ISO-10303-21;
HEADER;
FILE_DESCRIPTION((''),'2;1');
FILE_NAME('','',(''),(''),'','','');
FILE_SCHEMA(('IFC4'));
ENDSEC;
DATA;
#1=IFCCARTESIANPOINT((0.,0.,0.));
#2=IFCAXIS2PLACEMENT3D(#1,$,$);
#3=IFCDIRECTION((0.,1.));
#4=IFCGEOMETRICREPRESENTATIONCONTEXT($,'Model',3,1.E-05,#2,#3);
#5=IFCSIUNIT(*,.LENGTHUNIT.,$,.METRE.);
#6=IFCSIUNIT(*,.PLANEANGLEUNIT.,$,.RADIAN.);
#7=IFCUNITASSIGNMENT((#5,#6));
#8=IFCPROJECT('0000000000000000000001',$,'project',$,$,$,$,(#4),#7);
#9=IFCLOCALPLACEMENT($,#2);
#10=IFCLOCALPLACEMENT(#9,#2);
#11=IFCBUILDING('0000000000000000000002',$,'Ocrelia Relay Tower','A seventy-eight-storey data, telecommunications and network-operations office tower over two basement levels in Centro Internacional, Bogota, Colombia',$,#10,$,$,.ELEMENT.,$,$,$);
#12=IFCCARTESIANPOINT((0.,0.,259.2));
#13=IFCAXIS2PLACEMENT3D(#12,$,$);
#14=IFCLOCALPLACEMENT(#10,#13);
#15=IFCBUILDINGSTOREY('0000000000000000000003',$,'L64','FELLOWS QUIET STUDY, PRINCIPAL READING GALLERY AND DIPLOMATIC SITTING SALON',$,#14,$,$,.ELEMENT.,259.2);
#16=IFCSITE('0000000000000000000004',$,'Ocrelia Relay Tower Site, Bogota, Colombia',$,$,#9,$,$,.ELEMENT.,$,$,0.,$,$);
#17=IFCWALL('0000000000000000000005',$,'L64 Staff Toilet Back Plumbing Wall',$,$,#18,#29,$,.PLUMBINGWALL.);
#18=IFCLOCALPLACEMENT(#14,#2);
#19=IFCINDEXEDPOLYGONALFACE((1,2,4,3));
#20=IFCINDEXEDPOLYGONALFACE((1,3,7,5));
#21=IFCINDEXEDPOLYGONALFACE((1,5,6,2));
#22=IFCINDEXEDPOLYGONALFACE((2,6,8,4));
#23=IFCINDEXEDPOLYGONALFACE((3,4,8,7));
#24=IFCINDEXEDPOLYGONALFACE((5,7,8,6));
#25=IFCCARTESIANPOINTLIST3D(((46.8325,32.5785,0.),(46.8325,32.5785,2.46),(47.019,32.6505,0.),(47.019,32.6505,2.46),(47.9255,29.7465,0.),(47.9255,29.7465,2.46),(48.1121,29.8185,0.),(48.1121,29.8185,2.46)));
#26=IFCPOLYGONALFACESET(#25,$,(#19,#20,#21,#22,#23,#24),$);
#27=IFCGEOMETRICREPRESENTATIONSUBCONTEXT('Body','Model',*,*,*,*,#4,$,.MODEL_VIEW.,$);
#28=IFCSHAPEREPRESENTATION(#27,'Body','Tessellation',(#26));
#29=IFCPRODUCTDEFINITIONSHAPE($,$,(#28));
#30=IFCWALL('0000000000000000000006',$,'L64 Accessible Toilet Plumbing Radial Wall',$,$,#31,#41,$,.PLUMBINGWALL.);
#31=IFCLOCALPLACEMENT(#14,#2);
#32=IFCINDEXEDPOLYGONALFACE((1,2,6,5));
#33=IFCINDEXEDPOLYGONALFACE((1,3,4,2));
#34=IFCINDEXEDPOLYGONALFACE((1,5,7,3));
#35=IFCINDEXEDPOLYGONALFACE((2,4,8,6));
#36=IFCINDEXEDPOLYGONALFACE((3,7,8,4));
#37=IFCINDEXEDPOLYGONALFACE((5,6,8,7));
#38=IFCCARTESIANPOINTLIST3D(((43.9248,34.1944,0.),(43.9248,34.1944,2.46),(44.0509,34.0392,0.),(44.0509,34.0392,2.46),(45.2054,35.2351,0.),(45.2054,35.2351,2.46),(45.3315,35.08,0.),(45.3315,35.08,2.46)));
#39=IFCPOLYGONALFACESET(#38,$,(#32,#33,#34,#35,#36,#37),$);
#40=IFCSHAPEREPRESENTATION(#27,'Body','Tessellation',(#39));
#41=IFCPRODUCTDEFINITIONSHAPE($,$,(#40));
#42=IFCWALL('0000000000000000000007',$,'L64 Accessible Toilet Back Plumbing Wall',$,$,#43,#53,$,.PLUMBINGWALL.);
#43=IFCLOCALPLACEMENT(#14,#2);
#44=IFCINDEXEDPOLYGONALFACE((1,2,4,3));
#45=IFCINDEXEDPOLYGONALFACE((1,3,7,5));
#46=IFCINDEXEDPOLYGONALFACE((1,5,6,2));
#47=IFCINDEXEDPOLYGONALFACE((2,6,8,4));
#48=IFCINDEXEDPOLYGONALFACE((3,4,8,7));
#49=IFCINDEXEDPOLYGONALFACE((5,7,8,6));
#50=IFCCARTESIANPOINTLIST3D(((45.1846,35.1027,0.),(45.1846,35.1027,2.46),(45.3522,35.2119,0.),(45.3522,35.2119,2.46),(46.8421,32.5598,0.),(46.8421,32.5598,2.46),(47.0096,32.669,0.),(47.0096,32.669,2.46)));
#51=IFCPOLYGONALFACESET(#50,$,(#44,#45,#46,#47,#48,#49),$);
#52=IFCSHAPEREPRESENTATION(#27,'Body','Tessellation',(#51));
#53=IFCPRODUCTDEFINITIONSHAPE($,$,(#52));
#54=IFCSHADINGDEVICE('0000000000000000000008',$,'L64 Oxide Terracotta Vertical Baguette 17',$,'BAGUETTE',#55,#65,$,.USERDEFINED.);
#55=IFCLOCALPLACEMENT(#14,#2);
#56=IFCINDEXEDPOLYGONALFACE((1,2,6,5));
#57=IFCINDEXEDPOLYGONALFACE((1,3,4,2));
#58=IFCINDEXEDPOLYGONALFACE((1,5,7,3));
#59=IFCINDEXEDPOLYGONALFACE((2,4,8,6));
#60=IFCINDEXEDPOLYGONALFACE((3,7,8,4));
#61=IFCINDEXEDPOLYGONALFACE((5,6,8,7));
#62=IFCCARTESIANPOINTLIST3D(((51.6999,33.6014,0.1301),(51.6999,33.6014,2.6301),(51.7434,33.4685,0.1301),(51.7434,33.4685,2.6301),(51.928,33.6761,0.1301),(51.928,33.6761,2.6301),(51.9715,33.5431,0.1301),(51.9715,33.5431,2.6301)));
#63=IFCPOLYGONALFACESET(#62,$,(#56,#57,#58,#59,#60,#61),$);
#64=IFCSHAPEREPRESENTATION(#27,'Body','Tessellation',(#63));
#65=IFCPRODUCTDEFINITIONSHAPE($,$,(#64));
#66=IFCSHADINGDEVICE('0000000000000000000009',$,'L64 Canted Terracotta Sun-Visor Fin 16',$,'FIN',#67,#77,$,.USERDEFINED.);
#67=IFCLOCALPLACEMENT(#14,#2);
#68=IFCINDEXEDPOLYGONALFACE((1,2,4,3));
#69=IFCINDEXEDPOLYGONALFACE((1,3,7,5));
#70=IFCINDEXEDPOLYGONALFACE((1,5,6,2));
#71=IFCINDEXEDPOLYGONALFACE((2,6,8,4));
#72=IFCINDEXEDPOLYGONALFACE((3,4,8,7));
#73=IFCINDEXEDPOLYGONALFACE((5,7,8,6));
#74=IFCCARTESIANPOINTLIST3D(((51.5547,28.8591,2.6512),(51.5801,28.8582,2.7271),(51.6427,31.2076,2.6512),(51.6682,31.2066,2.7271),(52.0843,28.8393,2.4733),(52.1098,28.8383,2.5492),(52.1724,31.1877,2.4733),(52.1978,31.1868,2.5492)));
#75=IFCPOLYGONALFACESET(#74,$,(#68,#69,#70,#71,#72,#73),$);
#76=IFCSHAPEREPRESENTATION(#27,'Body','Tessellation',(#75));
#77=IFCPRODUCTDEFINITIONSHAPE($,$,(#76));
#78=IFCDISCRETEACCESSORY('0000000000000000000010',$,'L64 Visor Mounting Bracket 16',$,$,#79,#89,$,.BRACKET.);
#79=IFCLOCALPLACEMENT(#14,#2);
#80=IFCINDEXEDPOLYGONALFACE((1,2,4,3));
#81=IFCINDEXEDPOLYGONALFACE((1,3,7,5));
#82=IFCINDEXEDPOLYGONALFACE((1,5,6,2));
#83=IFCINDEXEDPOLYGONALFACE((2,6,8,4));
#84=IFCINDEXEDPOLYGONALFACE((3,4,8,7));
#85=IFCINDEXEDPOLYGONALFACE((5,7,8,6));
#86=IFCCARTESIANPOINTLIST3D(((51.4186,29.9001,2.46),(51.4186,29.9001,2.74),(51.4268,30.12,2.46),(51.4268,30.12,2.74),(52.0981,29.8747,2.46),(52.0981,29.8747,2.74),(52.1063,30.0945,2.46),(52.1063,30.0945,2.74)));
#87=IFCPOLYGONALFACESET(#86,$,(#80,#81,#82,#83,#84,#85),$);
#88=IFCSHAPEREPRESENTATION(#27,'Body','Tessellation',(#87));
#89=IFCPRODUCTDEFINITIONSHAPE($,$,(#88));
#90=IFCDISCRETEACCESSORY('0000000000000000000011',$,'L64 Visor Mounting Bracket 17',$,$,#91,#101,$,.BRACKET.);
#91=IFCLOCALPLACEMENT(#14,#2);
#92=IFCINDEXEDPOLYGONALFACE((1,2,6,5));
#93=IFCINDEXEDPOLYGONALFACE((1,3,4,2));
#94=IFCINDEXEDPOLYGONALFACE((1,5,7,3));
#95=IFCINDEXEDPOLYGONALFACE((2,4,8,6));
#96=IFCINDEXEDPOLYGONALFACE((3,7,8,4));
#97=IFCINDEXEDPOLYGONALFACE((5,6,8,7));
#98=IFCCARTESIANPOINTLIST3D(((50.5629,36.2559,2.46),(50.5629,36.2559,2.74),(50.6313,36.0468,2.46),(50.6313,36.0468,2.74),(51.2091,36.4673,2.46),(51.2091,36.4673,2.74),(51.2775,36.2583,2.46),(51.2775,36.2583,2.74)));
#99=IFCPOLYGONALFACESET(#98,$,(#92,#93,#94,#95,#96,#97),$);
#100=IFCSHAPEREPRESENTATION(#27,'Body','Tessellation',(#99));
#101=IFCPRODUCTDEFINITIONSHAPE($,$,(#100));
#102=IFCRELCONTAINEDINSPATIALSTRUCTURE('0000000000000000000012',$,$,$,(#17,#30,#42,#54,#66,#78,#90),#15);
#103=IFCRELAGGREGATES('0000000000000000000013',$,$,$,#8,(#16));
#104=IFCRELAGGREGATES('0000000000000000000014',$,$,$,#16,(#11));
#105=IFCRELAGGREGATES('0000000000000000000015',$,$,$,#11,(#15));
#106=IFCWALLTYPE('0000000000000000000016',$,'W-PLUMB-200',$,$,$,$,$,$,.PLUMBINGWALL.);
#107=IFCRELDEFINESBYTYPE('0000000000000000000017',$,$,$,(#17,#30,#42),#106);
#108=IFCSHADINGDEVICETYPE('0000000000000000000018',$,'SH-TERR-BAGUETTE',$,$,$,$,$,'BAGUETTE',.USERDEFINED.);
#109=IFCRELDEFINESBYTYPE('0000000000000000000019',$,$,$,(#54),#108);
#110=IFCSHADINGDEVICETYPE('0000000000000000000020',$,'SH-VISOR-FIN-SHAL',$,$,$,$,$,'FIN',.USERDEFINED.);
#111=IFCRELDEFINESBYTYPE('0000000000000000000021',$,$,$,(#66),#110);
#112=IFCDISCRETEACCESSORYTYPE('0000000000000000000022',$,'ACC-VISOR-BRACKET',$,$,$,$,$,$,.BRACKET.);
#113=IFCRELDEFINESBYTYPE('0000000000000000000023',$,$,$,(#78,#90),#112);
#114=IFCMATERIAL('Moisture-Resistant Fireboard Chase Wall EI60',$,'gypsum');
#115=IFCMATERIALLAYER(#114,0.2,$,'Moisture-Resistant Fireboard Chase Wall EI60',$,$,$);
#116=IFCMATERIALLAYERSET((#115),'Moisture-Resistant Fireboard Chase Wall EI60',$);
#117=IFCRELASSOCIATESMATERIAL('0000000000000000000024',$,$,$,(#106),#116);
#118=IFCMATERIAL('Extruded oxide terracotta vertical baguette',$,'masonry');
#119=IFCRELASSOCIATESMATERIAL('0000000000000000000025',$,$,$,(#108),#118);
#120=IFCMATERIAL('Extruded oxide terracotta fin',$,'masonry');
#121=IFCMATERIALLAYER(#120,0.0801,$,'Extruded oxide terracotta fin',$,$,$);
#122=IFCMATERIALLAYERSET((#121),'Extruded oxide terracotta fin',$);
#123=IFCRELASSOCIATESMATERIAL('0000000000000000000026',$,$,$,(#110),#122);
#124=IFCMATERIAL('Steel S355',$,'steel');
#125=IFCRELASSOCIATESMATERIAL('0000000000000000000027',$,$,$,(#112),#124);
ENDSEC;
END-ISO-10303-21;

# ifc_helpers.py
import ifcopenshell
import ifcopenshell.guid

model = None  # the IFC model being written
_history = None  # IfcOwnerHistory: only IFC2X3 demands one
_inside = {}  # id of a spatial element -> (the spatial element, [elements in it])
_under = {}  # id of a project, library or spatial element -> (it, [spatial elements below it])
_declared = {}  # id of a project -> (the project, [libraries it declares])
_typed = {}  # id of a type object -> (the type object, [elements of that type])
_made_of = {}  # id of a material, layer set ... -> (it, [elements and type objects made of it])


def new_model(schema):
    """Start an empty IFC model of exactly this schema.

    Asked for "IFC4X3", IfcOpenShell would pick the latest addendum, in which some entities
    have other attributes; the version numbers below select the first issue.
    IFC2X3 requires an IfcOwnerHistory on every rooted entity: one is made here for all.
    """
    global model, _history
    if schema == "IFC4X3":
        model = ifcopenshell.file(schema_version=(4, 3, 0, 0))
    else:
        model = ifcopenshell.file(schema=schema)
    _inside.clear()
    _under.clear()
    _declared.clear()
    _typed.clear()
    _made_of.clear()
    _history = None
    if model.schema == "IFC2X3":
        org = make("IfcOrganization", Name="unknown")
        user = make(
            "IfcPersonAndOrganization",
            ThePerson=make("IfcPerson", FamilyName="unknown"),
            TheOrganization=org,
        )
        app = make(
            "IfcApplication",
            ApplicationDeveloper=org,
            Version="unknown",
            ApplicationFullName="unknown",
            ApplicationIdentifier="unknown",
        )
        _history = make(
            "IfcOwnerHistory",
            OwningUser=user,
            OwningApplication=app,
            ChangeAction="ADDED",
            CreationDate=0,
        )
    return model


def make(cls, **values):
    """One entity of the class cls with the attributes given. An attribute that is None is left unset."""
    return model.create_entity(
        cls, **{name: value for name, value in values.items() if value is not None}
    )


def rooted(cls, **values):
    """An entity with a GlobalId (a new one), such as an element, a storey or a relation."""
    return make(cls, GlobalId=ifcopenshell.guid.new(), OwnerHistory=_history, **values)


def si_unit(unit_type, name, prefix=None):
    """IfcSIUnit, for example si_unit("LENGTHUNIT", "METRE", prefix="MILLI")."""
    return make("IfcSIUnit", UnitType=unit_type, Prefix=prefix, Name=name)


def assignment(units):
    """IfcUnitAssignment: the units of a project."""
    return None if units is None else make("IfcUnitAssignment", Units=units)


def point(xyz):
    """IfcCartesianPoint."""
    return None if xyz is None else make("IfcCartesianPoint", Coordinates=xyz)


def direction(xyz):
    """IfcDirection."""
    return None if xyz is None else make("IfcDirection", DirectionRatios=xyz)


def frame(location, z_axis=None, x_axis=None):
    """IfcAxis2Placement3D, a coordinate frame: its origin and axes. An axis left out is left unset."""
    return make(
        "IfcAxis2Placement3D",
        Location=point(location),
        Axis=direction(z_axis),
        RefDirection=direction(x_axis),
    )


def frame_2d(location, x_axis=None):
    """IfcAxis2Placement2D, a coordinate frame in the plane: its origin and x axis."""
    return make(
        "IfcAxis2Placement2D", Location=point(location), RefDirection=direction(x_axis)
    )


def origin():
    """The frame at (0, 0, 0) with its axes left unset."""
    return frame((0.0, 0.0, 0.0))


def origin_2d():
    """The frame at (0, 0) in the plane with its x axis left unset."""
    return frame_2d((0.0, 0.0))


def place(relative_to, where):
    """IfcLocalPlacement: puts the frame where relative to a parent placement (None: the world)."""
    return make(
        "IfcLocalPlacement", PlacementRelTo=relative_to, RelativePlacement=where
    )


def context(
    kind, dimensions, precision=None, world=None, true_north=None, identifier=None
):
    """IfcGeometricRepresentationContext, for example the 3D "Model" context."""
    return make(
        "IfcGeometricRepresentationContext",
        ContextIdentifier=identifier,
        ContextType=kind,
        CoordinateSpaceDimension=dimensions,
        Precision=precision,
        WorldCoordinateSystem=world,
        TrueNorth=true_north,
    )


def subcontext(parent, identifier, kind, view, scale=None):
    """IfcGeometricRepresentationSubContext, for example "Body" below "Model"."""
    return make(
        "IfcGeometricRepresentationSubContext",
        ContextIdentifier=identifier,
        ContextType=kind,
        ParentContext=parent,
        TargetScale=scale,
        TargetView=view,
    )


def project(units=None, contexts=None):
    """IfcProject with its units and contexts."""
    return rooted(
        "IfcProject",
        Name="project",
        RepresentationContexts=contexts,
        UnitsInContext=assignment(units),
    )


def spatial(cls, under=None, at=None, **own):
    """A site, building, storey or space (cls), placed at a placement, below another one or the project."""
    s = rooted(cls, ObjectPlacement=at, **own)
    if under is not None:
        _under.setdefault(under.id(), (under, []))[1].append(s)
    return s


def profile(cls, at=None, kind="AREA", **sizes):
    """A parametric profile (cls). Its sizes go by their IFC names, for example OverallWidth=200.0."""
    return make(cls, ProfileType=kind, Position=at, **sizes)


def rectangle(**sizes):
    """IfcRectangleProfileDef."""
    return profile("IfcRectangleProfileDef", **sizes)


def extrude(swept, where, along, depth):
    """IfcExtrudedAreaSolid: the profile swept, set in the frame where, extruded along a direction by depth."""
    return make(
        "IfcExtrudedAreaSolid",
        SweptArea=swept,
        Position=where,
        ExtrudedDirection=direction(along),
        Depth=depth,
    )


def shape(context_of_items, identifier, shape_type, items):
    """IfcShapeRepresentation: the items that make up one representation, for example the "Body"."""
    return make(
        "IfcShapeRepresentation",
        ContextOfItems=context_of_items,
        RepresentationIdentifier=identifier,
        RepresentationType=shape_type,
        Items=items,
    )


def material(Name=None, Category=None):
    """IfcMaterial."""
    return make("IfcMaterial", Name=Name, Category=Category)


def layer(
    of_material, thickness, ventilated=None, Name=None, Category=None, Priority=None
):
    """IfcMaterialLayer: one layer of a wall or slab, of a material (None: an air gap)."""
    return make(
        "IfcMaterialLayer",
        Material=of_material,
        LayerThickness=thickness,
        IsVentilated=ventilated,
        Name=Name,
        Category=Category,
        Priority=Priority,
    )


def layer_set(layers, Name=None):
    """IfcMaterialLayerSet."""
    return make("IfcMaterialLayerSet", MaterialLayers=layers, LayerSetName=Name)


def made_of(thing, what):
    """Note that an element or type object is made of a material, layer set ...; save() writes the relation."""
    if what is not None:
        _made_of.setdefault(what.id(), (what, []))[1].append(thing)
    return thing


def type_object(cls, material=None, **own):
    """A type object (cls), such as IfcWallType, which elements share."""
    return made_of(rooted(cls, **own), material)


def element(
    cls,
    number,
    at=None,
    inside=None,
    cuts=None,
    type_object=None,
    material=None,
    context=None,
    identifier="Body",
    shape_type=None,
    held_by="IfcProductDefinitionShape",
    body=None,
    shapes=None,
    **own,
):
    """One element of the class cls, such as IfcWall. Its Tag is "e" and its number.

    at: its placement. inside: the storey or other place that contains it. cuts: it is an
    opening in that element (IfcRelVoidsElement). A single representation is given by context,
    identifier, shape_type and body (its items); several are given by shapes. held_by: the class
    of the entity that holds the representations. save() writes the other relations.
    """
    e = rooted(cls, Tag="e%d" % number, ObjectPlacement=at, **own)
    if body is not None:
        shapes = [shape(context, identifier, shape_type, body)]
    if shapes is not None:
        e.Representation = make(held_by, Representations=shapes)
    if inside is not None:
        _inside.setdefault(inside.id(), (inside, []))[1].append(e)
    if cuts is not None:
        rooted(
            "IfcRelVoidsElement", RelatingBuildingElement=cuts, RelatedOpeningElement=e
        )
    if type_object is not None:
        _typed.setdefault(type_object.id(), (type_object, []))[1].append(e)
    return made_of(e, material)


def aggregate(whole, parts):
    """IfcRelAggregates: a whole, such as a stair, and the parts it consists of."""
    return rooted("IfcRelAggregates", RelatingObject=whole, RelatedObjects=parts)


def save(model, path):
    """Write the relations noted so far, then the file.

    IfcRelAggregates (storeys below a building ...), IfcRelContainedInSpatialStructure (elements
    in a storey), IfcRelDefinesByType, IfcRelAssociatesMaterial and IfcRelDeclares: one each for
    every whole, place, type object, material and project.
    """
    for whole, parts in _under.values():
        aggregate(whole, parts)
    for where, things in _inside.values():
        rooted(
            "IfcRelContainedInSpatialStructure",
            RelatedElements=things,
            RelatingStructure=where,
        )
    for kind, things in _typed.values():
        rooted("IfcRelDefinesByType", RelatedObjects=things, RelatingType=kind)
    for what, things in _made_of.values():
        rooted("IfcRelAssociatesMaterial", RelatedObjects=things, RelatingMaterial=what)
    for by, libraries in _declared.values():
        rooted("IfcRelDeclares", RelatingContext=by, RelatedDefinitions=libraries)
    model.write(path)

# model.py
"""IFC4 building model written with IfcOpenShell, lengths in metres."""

from ifc_helpers import new_model, si_unit, direction, frame, frame_2d, origin, origin_2d, place, context, subcontext, project, spatial, rectangle, extrude, material, layer, layer_set, type_object, element, save


model = new_model("IFC4")

# Units and contexts
model_context = context("Model", 3, precision=1e-05, world=origin(), true_north=direction((0.0, 1.0)))
body_context = subcontext(model_context, "Body", "Model", "MODEL_VIEW")
ifc_project = project(units=[si_unit("LENGTHUNIT", "METRE"), si_unit("PLANEANGLEUNIT", "RADIAN")], contexts=[model_context])

# Site, building, storey
site_placement = place(None, origin())
site = spatial("IfcSite", under=ifc_project, at=site_placement, Name="Ocrelia Relay Tower Site, Bogota, Colombia", CompositionType="ELEMENT", RefElevation=0.0)
building_placement = place(site_placement, origin())
building = spatial("IfcBuilding", under=site, at=building_placement, Name="Ocrelia Relay Tower", Description="A seventy-eight-storey data, telecommunications and network-operations office tower over two basement levels in Centro Internacional, Bogota, Colombia", CompositionType="ELEMENT")
storey_placement = place(building_placement, frame((0.0, 0.0, 259.2)))
storey = spatial("IfcBuildingStorey", under=building, at=storey_placement, Name="L64", Description="FELLOWS QUIET STUDY, PRINCIPAL READING GALLERY AND DIPLOMATIC SITTING SALON", CompositionType="ELEMENT", Elevation=259.2)

# Shared definitions
ifc_material_1 = material(Name="Steel S355", Category="steel")

# Walls
ifc_material_2 = material(Name="Moisture-Resistant Fireboard Chase Wall EI60", Category="gypsum")
ifc_layer_1 = layer(ifc_material_2, 0.2, Name="Moisture-Resistant Fireboard Chase Wall EI60")
ifc_layer_set_1 = layer_set([ifc_layer_1], Name="Moisture-Resistant Fireboard Chase Wall EI60")
wall_type_1 = type_object("IfcWallType", Name="W-PLUMB-200", PredefinedType="PLUMBINGWALL", material=ifc_layer_set_1)
wall_1_placement = place(storey_placement, frame((48.0188, 29.7825, 0.0), z_axis=(0.0, 0.0, 1.0), x_axis=(-0.360062, 0.932928, 0.0)))
element("IfcWall", 1, at=wall_1_placement, inside=storey, type_object=wall_type_1, Name="L64 Staff Toilet Back Plumbing Wall", PredefinedType="PLUMBINGWALL", context=body_context, shape_type="SweptSolid", body=[
    extrude(rectangle(XDim=3.0356, YDim=0.2, at=frame_2d((1.5178, 0.0))), origin(), (0.0, 0.0, 1.0), 2.46),
])
wall_2_placement = place(storey_placement, frame((43.9878, 34.1167, 0.0), z_axis=(0.0, 0.0, 1.0), x_axis=(0.77601, 0.630721, 0.0)))
element("IfcWall", 2, at=wall_2_placement, inside=storey, type_object=wall_type_1, Name="L64 Accessible Toilet Plumbing Radial Wall", PredefinedType="PLUMBINGWALL", context=body_context, shape_type="SweptSolid", body=[
    extrude(rectangle(XDim=1.6501, YDim=0.2, at=frame_2d((0.8252, 0.0))), origin(), (0.0, 0.0, 1.0), 2.46),
])
wall_3_placement = place(storey_placement, frame((46.9258, 32.6145, 0.0), z_axis=(0.0, 0.0, 1.0), x_axis=(-0.54604, 0.837759, 0.0)))
element("IfcWall", 3, at=wall_3_placement, inside=storey, type_object=wall_type_1, Name="L64 Accessible Toilet Back Plumbing Wall", PredefinedType="PLUMBINGWALL", context=body_context, shape_type="SweptSolid", body=[
    extrude(rectangle(XDim=3.0354, YDim=0.2, at=frame_2d((1.5176, 0.0))), origin(), (0.0, 0.0, 1.0), 2.46),
])

# Shading devices
ifc_material_3 = material(Name="Extruded oxide terracotta vertical baguette", Category="masonry")
shading_device_type_1 = type_object("IfcShadingDeviceType", Name="SH-TERR-BAGUETTE", ElementType="BAGUETTE", PredefinedType="USERDEFINED", material=ifc_material_3)
shading_device_1_placement = place(storey_placement, frame((51.8357, 33.5723, 0.1301), z_axis=(0.0, 0.0, 1.0), x_axis=(-0.310962, 0.950422, 0.0)))
element("IfcShadingDevice", 4, at=shading_device_1_placement, inside=storey, type_object=shading_device_type_1, Name="L64 Oxide Terracotta Vertical Baguette 17", ObjectType="BAGUETTE", PredefinedType="USERDEFINED", context=body_context, shape_type="SweptSolid", body=[
    extrude(rectangle(XDim=0.1399, YDim=0.24, at=origin_2d()), origin(), (0.0, 0.0, 1.0), 2.5),
])
ifc_material_4 = material(Name="Extruded oxide terracotta fin", Category="masonry")
ifc_layer_2 = layer(ifc_material_4, 0.0801, Name="Extruded oxide terracotta fin")
ifc_layer_set_2 = layer_set([ifc_layer_2], Name="Extruded oxide terracotta fin")
shading_device_type_2 = type_object("IfcShadingDeviceType", Name="SH-VISOR-FIN-SHAL", ElementType="FIN", PredefinedType="USERDEFINED", material=ifc_layer_set_2)
shading_device_2_placement = place(storey_placement, frame((51.8635, 30.0234, 2.5623), z_axis=(0.317909, -0.011915, 0.948046), x_axis=(0.037452, 0.999298, 0.0)))
element("IfcShadingDevice", 5, at=shading_device_2_placement, inside=storey, type_object=shading_device_type_2, Name="L64 Canted Terracotta Sun-Visor Fin 16", ObjectType="FIN", PredefinedType="USERDEFINED", context=body_context, shape_type="SweptSolid", body=[
    extrude(rectangle(XDim=2.3501, YDim=0.5591, at=origin_2d()), origin(), (0.0, 0.0, 1.0), 0.0801),
])

# Discrete accessories
discrete_accessory_type = type_object("IfcDiscreteAccessoryType", Name="ACC-VISOR-BRACKET", PredefinedType="BRACKET", material=ifc_material_1)
for number, where, z_axis, x_axis, name in (
    (6, (51.7625, 29.9973, 2.46), (0.0, 0.0, 1.0), (0.037452, 0.999298, 0.0), "L64 Visor Mounting Bracket 16"),
    (7, (50.9202, 36.2571, 2.46), (0.0, 0.0, 1.0), (-0.310962, 0.950422, 0.0), "L64 Visor Mounting Bracket 17"),
):
    element("IfcDiscreteAccessory", number, at=place(storey_placement, frame(where, z_axis=z_axis, x_axis=x_axis)), inside=storey, type_object=discrete_accessory_type, Name=name, PredefinedType="BRACKET", context=body_context, shape_type="SweptSolid", body=[
        extrude(rectangle(XDim=0.22, YDim=0.6799, at=origin_2d()), origin(), (0.0, 0.0, 1.0), 0.28),
    ])

save(model, "model.ifc")
